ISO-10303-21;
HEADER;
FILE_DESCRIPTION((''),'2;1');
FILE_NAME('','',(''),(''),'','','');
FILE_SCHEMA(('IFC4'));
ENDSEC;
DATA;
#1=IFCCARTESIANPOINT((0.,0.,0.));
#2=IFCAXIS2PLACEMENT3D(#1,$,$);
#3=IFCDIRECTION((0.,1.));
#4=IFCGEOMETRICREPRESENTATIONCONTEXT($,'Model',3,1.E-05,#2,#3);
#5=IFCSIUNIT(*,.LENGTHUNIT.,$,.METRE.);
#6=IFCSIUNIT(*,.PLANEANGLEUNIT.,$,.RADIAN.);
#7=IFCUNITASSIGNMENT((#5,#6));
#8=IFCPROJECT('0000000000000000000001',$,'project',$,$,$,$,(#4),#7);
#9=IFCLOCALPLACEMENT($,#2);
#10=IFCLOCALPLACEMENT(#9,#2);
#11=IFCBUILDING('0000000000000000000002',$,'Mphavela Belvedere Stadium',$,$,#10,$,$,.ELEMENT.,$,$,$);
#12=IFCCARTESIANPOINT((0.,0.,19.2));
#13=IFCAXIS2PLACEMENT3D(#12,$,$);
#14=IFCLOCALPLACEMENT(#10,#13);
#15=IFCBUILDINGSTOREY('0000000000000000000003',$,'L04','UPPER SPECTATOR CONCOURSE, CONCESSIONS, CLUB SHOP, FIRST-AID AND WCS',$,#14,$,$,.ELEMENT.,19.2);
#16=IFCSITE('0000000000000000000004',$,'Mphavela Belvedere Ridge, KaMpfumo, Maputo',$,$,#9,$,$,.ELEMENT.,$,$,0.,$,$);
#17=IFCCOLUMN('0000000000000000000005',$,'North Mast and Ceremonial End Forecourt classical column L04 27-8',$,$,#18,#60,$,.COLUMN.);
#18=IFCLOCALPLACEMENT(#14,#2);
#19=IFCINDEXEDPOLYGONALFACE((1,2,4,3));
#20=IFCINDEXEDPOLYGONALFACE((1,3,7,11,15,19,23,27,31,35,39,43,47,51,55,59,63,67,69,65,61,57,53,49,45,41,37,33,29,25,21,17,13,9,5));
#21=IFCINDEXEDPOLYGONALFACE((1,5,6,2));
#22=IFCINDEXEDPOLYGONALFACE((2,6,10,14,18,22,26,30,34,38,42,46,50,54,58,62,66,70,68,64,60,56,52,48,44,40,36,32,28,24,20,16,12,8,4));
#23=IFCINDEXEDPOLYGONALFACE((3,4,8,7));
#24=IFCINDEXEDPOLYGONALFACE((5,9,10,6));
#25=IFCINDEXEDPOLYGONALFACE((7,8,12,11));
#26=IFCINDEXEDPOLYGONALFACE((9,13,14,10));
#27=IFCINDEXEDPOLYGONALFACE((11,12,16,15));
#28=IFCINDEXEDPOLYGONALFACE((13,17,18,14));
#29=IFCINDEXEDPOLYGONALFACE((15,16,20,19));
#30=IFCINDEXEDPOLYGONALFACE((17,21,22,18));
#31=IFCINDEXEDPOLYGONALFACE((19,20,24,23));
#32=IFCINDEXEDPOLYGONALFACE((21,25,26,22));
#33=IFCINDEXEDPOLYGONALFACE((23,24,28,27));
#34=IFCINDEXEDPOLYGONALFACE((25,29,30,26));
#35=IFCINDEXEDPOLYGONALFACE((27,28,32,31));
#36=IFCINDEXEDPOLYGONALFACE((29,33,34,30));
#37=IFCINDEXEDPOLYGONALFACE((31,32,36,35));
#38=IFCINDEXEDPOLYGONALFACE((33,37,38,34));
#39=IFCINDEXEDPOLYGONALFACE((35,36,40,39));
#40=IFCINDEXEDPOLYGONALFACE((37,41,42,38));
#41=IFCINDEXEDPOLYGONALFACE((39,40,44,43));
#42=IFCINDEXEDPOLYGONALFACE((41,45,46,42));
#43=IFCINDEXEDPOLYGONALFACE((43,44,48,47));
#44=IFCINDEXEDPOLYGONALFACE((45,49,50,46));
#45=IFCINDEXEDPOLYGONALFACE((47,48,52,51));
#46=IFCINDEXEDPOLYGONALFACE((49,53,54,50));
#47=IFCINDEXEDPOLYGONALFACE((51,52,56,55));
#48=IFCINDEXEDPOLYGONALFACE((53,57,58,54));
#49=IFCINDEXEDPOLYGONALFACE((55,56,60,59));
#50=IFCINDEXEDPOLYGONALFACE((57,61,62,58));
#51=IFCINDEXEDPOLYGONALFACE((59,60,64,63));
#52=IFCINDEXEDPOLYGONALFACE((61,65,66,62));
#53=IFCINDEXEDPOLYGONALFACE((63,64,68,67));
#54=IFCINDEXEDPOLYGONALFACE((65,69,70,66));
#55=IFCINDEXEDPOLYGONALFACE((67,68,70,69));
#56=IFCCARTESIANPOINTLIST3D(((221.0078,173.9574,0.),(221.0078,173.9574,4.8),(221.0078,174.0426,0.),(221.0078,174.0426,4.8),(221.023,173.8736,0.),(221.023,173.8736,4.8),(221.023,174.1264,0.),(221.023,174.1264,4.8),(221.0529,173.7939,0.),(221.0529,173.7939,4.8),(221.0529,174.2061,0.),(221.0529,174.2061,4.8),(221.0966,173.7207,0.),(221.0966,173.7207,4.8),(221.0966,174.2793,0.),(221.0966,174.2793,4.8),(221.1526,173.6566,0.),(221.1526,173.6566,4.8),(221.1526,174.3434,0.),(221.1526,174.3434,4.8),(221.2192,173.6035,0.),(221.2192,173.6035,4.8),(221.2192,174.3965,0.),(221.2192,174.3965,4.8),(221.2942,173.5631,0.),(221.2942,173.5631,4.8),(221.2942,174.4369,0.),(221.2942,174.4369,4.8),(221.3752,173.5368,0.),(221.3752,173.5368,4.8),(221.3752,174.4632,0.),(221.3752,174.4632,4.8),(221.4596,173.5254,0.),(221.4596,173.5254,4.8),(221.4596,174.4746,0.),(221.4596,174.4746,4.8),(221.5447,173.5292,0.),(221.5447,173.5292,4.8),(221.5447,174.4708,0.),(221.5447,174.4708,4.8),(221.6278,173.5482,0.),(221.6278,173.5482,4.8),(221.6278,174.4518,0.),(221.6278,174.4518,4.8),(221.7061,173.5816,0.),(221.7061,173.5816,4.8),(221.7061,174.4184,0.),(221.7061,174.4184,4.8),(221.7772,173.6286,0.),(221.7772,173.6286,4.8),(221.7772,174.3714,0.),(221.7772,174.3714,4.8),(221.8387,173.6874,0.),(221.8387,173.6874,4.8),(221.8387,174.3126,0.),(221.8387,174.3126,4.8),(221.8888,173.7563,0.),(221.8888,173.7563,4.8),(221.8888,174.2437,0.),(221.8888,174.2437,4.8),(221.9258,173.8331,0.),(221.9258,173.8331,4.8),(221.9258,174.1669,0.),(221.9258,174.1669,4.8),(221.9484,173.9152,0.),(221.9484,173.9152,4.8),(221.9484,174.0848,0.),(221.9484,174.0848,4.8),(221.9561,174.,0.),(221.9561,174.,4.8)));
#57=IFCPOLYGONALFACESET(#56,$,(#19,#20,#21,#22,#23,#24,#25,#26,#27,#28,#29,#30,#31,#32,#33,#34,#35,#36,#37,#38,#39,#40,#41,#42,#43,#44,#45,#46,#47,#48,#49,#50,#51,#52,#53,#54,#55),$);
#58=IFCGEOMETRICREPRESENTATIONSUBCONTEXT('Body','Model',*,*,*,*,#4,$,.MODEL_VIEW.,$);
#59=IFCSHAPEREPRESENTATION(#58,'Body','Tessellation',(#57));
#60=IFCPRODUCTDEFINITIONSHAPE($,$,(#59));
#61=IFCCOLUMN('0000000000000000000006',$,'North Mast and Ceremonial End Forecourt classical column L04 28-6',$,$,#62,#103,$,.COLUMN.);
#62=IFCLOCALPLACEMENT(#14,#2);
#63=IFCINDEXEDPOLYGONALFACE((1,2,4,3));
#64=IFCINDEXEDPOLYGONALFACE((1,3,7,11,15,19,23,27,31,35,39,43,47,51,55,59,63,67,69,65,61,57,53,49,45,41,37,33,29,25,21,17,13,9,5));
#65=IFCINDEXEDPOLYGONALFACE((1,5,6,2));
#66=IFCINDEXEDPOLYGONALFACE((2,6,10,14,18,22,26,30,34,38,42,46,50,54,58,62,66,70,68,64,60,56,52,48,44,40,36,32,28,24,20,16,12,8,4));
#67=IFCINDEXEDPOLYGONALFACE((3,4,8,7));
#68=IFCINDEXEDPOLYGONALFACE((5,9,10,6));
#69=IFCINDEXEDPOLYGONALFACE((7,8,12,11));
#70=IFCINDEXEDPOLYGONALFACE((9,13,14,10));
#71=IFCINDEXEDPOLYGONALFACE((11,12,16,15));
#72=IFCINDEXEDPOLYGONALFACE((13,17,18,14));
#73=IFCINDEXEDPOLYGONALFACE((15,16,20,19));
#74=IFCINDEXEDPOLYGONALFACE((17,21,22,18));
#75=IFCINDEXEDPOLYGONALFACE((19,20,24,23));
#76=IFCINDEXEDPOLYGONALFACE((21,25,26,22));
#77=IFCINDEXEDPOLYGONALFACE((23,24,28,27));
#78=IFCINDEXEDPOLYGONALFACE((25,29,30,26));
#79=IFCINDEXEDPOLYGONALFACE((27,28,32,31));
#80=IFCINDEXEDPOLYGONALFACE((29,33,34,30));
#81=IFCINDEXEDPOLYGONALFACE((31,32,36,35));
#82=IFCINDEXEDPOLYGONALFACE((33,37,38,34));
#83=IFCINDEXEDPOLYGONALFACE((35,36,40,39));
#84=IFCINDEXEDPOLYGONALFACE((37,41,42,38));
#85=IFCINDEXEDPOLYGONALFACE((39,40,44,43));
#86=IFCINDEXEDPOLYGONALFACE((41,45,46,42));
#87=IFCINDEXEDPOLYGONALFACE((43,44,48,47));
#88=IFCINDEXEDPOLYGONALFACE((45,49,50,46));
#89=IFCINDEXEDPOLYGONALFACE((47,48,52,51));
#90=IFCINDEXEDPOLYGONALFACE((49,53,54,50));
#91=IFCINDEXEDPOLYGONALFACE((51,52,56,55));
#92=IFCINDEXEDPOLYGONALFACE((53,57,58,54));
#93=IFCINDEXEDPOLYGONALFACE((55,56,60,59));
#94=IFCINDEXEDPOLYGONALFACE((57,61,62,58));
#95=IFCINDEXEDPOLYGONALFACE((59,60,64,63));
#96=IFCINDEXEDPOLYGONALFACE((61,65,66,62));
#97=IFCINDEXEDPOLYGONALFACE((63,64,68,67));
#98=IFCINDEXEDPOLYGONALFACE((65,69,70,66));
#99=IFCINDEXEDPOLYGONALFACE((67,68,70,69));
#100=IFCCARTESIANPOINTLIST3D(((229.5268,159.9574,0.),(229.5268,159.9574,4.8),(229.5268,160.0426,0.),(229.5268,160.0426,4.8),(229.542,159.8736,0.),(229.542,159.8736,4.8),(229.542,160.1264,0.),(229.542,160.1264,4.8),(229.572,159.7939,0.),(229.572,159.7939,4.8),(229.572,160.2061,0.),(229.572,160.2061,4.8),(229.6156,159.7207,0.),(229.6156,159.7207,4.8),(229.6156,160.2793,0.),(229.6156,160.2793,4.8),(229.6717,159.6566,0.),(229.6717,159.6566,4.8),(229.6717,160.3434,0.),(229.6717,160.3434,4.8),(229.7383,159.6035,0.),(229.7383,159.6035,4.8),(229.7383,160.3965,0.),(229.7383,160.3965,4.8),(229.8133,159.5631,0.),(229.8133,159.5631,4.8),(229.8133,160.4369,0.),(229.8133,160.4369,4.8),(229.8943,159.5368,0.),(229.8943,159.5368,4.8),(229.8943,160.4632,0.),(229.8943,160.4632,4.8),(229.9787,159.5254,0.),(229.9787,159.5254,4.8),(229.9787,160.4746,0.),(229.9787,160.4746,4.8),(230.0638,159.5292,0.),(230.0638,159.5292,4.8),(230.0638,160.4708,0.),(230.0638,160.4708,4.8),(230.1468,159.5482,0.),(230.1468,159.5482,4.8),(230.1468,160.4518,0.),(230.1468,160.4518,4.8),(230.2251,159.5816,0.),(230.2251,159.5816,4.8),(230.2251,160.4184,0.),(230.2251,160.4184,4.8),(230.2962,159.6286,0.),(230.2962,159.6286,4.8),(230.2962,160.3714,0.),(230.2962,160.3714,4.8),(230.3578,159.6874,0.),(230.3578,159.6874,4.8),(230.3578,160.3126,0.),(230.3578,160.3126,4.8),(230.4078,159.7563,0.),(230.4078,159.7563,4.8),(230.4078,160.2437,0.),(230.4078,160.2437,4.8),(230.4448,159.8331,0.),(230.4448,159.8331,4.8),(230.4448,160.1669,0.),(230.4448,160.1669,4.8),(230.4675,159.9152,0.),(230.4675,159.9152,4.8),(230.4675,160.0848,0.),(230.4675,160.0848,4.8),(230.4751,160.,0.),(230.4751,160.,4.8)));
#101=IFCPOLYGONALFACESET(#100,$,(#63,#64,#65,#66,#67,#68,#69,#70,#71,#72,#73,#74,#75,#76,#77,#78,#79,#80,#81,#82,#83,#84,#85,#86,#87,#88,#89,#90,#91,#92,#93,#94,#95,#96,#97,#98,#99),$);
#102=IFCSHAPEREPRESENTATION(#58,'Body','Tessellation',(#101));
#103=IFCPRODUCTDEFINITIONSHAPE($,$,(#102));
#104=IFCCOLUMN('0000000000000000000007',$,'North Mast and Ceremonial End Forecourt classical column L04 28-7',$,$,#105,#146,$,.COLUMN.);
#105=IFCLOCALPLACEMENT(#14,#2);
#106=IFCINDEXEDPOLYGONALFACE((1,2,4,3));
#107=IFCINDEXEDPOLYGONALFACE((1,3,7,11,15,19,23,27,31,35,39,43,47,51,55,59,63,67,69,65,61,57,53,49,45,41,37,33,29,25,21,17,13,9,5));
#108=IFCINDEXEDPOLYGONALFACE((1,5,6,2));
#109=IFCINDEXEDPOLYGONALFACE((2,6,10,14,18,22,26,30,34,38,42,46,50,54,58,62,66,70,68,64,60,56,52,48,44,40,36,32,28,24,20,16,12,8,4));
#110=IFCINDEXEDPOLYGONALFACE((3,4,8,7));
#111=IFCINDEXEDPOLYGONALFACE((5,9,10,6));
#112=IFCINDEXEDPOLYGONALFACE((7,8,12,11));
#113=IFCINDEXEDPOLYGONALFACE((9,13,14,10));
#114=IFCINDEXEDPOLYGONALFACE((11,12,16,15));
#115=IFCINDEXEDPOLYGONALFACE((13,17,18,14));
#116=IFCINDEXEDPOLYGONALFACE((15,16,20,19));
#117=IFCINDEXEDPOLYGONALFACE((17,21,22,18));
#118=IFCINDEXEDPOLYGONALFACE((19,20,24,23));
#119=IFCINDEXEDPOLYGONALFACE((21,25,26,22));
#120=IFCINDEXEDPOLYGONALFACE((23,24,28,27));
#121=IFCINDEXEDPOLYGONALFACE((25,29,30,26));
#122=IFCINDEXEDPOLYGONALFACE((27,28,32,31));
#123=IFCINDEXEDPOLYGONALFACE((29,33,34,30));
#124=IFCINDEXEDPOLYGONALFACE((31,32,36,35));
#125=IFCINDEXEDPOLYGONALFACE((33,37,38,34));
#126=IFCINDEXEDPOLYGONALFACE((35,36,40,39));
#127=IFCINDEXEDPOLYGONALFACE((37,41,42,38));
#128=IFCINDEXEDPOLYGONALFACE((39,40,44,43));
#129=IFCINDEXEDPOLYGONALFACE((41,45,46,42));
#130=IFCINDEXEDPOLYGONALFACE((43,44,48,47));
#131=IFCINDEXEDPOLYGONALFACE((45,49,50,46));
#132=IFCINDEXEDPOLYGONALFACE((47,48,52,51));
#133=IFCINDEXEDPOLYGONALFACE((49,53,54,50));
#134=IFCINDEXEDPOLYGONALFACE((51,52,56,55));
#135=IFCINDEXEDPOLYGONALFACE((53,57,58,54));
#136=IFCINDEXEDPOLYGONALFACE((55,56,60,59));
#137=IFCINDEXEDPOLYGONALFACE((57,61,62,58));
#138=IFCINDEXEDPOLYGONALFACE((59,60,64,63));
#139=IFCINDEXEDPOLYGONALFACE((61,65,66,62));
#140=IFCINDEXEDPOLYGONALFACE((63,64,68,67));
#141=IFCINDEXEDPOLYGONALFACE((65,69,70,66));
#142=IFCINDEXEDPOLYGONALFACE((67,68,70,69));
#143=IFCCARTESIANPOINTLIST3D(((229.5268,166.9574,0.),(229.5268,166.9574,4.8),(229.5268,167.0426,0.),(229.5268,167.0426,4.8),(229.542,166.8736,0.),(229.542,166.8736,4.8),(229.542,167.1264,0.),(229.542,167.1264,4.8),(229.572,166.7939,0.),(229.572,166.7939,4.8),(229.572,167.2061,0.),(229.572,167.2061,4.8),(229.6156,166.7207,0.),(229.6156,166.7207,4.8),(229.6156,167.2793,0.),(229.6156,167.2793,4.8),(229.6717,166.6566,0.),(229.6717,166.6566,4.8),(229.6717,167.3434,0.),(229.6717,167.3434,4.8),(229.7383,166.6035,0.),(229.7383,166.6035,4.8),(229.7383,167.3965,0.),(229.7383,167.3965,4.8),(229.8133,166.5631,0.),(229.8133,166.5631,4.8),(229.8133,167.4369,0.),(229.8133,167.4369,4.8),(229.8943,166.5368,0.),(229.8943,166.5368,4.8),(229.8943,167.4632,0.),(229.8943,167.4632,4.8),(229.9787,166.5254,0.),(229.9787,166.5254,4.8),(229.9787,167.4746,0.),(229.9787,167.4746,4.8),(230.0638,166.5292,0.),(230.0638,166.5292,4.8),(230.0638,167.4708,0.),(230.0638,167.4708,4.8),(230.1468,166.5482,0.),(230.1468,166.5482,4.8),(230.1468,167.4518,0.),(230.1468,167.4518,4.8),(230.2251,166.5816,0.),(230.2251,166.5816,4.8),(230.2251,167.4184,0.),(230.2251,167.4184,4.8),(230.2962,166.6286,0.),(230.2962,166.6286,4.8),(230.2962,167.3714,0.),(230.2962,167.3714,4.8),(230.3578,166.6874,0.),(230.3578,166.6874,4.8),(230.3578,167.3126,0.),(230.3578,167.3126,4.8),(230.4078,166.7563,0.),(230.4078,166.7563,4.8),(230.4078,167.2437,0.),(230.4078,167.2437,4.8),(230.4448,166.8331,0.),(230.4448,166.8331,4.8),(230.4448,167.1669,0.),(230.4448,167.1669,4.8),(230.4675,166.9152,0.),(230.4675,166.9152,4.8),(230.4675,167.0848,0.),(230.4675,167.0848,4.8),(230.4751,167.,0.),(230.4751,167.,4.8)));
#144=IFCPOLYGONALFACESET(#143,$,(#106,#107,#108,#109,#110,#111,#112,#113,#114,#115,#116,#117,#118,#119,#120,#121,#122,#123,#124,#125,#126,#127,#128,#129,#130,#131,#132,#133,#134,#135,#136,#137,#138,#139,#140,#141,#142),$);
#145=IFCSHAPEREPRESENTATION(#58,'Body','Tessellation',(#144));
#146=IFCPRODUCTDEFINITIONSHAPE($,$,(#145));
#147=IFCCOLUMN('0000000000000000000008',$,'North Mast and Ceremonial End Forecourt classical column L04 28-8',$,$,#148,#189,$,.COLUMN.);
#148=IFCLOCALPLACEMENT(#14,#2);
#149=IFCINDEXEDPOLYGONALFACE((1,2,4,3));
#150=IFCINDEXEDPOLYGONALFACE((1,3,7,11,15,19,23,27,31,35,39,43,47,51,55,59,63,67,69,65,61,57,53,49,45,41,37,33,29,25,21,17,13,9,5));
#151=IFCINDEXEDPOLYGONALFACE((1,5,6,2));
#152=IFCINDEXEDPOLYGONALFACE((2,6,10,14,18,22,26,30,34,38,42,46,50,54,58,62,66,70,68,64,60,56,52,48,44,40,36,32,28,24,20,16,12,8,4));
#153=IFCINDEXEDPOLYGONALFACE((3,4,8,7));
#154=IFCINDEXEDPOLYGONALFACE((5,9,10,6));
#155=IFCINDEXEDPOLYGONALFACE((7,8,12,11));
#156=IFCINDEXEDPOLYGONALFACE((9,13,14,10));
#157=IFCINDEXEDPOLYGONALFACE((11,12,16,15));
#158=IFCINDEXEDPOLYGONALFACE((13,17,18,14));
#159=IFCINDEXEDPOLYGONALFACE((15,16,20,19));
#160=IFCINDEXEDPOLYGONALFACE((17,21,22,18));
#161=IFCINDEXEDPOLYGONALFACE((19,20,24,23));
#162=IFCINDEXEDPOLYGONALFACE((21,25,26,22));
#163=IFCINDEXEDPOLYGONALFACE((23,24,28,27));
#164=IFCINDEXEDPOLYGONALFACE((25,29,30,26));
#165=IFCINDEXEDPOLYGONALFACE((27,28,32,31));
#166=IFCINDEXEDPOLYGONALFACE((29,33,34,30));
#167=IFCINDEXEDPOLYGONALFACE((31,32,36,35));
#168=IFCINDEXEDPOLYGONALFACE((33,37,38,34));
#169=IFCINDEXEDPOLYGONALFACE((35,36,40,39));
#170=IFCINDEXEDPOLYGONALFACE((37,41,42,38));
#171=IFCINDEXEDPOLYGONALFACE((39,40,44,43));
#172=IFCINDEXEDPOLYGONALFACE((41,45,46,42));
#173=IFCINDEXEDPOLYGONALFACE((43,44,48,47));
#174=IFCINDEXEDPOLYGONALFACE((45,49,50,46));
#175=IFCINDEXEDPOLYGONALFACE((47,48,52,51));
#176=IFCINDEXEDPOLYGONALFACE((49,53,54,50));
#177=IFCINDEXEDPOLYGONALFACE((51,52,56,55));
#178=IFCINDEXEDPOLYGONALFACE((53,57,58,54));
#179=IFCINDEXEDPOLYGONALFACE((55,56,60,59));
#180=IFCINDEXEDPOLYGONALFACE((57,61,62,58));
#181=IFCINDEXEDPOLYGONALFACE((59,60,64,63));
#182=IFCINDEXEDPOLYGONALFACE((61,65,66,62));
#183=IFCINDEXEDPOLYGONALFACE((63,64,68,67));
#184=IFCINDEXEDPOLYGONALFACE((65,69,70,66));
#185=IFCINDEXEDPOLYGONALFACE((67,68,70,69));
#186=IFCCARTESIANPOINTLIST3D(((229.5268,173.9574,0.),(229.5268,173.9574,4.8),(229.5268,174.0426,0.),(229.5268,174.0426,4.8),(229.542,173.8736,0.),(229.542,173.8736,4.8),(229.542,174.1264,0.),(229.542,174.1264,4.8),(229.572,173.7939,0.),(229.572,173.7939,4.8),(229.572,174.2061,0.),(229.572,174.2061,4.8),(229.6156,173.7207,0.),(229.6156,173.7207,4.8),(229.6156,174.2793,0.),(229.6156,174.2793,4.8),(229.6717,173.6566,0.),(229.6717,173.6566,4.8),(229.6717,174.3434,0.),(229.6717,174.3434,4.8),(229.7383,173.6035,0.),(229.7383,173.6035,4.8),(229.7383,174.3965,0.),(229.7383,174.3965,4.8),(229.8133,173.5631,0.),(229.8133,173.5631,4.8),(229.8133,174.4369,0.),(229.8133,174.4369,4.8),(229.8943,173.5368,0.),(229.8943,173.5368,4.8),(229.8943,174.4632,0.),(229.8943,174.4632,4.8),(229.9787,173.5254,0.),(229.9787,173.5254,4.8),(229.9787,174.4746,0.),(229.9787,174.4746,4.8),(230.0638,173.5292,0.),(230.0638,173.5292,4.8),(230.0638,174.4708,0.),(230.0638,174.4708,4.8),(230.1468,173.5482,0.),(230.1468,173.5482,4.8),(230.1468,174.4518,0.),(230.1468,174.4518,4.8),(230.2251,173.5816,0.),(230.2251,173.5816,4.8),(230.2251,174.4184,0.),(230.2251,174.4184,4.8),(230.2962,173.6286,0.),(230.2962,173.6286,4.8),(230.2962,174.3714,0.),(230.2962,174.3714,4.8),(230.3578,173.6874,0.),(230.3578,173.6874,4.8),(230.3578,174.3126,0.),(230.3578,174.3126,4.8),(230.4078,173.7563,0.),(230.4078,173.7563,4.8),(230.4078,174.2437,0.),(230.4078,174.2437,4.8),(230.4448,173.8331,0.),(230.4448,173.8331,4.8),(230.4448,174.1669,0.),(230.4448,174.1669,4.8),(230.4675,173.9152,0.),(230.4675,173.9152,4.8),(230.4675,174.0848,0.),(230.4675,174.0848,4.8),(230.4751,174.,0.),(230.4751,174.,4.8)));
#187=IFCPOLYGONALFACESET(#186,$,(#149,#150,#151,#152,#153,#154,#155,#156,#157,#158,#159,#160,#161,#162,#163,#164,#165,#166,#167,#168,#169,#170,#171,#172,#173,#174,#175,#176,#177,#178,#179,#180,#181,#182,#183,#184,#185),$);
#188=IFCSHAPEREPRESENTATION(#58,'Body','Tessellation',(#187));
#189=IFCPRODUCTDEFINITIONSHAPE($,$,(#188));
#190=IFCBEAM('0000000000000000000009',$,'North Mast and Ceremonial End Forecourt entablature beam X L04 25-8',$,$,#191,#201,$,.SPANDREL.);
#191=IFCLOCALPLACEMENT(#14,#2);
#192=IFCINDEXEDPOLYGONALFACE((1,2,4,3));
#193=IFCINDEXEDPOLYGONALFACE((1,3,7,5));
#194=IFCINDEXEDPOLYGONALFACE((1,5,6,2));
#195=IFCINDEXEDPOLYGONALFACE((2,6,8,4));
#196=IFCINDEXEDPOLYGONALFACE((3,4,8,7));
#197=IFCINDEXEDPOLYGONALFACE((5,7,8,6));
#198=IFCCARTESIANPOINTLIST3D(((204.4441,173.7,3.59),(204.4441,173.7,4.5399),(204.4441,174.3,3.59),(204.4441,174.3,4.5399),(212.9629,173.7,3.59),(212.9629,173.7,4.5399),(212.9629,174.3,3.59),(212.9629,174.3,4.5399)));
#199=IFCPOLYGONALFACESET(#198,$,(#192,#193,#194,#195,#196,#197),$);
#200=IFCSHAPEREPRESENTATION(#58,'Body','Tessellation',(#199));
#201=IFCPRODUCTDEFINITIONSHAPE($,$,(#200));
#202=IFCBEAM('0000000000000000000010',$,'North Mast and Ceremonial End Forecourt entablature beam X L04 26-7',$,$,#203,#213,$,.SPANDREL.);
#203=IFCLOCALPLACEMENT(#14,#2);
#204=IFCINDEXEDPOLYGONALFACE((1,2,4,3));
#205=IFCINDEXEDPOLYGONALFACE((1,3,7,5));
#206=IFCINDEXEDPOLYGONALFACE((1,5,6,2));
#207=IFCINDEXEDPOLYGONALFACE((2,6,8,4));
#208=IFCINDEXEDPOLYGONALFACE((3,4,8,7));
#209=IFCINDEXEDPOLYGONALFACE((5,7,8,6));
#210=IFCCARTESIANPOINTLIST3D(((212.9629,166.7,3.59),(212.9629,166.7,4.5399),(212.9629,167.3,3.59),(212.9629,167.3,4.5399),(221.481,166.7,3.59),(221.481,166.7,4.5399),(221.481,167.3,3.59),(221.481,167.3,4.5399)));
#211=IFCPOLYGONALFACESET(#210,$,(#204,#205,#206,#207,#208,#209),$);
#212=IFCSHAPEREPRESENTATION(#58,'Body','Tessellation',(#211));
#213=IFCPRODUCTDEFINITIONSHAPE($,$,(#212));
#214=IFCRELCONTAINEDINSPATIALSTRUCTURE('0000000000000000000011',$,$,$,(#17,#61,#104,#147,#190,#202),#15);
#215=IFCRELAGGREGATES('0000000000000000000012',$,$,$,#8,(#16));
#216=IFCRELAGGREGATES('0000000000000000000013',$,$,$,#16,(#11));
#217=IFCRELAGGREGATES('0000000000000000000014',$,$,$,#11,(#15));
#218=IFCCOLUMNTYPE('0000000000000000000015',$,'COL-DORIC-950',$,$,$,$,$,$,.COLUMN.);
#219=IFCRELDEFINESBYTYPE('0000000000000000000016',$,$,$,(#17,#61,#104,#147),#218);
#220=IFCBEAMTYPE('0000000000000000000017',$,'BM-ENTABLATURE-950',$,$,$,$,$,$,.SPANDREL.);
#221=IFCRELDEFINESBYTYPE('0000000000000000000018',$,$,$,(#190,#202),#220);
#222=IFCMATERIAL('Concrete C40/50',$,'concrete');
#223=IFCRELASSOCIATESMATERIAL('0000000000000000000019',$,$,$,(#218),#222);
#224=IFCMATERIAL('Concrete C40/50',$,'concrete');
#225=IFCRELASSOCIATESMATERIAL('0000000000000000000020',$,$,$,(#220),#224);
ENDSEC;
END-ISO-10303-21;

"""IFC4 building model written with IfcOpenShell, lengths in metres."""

from ifc_helpers import new_model, si_unit, direction, frame, origin, origin_2d, place, context, subcontext, project, spatial, rectangle, circle, extrude, material, material_profile, profile_set, type_object, element, save


model = new_model("IFC4")

# Units and contexts
model_context = context("Model", 3, precision=1e-05, world=origin(), true_north=direction((0.0, 1.0)))
body_context = subcontext(model_context, "Body", "Model", "MODEL_VIEW")
ifc_project = project(units=[si_unit("LENGTHUNIT", "METRE"), si_unit("PLANEANGLEUNIT", "RADIAN")], contexts=[model_context])

# Site, building, storey
site_placement = place(None, origin())
site = spatial("IfcSite", under=ifc_project, at=site_placement, Name="Mphavela Belvedere Ridge, KaMpfumo, Maputo", CompositionType="ELEMENT", RefElevation=0.0)
building_placement = place(site_placement, origin())
building = spatial("IfcBuilding", under=site, at=building_placement, Name="Mphavela Belvedere Stadium", CompositionType="ELEMENT")
storey_placement = place(building_placement, frame((0.0, 0.0, 19.2)))
storey = spatial("IfcBuildingStorey", under=building, at=storey_placement, Name="L04", Description="UPPER SPECTATOR CONCOURSE, CONCESSIONS, CLUB SHOP, FIRST-AID AND WCS", CompositionType="ELEMENT", Elevation=19.2)

# Columns
ifc_material_1 = material(Name="Concrete C40/50", Category="concrete")
ifc_material_profile_1 = material_profile(ifc_material_1, circle(Radius=0.4751, at=origin_2d()), Name="COL D950")
ifc_profile_set_1 = profile_set([ifc_material_profile_1], Name="Concrete C40/50")
column_type = type_object("IfcColumnType", Name="COL-DORIC-950", PredefinedType="COLUMN", material=ifc_profile_set_1)
for number, where, z_axis, x_axis, name in (
    (1, (221.481, 174.0, 0.0), (0.0, 0.0, 1.0), (1.0, 0.0, 0.0), "North Mast and Ceremonial End Forecourt classical column L04 27-8"),
    (2, (230.0, 160.0, 0.0), (0.0, 0.0, 1.0), (1.0, 0.0, 0.0), "North Mast and Ceremonial End Forecourt classical column L04 28-6"),
    (3, (230.0, 167.0, 0.0), (0.0, 0.0, 1.0), (1.0, 0.0, 0.0), "North Mast and Ceremonial End Forecourt classical column L04 28-7"),
    (4, (230.0, 174.0, 0.0), (0.0, 0.0, 1.0), (1.0, 0.0, 0.0), "North Mast and Ceremonial End Forecourt classical column L04 28-8"),
):
    element("IfcColumn", number, at=place(storey_placement, frame(where, z_axis=z_axis, x_axis=x_axis)), inside=storey, type_object=column_type, Name=name, PredefinedType="COLUMN", context=body_context, shape_type="SweptSolid", body=[
        extrude(circle(Radius=0.4751, at=origin_2d()), origin(), (0.0, 0.0, 1.0), 4.8),
    ])

# Beams
ifc_material_2 = material(Name="Concrete C40/50", Category="concrete")
ifc_material_profile_2 = material_profile(ifc_material_2, rectangle(XDim=0.6001, YDim=0.95, at=origin_2d()), Name="RC 600x950")
ifc_profile_set_2 = profile_set([ifc_material_profile_2], Name="Concrete C40/50")
beam_type_1 = type_object("IfcBeamType", Name="BM-ENTABLATURE-950", PredefinedType="SPANDREL", material=ifc_profile_set_2)
beam_1_placement = place(storey_placement, frame((204.4441, 174.0, 4.0649), z_axis=(1.0, 0.0, 0.0), x_axis=(0.0, 1.0, 0.0)))
element("IfcBeam", 5, at=beam_1_placement, inside=storey, type_object=beam_type_1, Name="North Mast and Ceremonial End Forecourt entablature beam X L04 25-8", PredefinedType="SPANDREL", context=body_context, shape_type="SweptSolid", body=[
    extrude(rectangle(XDim=0.6001, YDim=0.95, at=origin_2d()), origin(), (0.0, 0.0, 1.0), 8.5188),
])
beam_2_placement = place(storey_placement, frame((212.9629, 167.0, 4.0649), z_axis=(1.0, 0.0, 0.0), x_axis=(0.0, 1.0, 0.0)))
element("IfcBeam", 6, at=beam_2_placement, inside=storey, type_object=beam_type_1, Name="North Mast and Ceremonial End Forecourt entablature beam X L04 26-7", PredefinedType="SPANDREL", context=body_context, shape_type="SweptSolid", body=[
    extrude(rectangle(XDim=0.6001, YDim=0.95, at=origin_2d()), origin(), (0.0, 0.0, 1.0), 8.5181),
])

save(model, "model.ifc")
